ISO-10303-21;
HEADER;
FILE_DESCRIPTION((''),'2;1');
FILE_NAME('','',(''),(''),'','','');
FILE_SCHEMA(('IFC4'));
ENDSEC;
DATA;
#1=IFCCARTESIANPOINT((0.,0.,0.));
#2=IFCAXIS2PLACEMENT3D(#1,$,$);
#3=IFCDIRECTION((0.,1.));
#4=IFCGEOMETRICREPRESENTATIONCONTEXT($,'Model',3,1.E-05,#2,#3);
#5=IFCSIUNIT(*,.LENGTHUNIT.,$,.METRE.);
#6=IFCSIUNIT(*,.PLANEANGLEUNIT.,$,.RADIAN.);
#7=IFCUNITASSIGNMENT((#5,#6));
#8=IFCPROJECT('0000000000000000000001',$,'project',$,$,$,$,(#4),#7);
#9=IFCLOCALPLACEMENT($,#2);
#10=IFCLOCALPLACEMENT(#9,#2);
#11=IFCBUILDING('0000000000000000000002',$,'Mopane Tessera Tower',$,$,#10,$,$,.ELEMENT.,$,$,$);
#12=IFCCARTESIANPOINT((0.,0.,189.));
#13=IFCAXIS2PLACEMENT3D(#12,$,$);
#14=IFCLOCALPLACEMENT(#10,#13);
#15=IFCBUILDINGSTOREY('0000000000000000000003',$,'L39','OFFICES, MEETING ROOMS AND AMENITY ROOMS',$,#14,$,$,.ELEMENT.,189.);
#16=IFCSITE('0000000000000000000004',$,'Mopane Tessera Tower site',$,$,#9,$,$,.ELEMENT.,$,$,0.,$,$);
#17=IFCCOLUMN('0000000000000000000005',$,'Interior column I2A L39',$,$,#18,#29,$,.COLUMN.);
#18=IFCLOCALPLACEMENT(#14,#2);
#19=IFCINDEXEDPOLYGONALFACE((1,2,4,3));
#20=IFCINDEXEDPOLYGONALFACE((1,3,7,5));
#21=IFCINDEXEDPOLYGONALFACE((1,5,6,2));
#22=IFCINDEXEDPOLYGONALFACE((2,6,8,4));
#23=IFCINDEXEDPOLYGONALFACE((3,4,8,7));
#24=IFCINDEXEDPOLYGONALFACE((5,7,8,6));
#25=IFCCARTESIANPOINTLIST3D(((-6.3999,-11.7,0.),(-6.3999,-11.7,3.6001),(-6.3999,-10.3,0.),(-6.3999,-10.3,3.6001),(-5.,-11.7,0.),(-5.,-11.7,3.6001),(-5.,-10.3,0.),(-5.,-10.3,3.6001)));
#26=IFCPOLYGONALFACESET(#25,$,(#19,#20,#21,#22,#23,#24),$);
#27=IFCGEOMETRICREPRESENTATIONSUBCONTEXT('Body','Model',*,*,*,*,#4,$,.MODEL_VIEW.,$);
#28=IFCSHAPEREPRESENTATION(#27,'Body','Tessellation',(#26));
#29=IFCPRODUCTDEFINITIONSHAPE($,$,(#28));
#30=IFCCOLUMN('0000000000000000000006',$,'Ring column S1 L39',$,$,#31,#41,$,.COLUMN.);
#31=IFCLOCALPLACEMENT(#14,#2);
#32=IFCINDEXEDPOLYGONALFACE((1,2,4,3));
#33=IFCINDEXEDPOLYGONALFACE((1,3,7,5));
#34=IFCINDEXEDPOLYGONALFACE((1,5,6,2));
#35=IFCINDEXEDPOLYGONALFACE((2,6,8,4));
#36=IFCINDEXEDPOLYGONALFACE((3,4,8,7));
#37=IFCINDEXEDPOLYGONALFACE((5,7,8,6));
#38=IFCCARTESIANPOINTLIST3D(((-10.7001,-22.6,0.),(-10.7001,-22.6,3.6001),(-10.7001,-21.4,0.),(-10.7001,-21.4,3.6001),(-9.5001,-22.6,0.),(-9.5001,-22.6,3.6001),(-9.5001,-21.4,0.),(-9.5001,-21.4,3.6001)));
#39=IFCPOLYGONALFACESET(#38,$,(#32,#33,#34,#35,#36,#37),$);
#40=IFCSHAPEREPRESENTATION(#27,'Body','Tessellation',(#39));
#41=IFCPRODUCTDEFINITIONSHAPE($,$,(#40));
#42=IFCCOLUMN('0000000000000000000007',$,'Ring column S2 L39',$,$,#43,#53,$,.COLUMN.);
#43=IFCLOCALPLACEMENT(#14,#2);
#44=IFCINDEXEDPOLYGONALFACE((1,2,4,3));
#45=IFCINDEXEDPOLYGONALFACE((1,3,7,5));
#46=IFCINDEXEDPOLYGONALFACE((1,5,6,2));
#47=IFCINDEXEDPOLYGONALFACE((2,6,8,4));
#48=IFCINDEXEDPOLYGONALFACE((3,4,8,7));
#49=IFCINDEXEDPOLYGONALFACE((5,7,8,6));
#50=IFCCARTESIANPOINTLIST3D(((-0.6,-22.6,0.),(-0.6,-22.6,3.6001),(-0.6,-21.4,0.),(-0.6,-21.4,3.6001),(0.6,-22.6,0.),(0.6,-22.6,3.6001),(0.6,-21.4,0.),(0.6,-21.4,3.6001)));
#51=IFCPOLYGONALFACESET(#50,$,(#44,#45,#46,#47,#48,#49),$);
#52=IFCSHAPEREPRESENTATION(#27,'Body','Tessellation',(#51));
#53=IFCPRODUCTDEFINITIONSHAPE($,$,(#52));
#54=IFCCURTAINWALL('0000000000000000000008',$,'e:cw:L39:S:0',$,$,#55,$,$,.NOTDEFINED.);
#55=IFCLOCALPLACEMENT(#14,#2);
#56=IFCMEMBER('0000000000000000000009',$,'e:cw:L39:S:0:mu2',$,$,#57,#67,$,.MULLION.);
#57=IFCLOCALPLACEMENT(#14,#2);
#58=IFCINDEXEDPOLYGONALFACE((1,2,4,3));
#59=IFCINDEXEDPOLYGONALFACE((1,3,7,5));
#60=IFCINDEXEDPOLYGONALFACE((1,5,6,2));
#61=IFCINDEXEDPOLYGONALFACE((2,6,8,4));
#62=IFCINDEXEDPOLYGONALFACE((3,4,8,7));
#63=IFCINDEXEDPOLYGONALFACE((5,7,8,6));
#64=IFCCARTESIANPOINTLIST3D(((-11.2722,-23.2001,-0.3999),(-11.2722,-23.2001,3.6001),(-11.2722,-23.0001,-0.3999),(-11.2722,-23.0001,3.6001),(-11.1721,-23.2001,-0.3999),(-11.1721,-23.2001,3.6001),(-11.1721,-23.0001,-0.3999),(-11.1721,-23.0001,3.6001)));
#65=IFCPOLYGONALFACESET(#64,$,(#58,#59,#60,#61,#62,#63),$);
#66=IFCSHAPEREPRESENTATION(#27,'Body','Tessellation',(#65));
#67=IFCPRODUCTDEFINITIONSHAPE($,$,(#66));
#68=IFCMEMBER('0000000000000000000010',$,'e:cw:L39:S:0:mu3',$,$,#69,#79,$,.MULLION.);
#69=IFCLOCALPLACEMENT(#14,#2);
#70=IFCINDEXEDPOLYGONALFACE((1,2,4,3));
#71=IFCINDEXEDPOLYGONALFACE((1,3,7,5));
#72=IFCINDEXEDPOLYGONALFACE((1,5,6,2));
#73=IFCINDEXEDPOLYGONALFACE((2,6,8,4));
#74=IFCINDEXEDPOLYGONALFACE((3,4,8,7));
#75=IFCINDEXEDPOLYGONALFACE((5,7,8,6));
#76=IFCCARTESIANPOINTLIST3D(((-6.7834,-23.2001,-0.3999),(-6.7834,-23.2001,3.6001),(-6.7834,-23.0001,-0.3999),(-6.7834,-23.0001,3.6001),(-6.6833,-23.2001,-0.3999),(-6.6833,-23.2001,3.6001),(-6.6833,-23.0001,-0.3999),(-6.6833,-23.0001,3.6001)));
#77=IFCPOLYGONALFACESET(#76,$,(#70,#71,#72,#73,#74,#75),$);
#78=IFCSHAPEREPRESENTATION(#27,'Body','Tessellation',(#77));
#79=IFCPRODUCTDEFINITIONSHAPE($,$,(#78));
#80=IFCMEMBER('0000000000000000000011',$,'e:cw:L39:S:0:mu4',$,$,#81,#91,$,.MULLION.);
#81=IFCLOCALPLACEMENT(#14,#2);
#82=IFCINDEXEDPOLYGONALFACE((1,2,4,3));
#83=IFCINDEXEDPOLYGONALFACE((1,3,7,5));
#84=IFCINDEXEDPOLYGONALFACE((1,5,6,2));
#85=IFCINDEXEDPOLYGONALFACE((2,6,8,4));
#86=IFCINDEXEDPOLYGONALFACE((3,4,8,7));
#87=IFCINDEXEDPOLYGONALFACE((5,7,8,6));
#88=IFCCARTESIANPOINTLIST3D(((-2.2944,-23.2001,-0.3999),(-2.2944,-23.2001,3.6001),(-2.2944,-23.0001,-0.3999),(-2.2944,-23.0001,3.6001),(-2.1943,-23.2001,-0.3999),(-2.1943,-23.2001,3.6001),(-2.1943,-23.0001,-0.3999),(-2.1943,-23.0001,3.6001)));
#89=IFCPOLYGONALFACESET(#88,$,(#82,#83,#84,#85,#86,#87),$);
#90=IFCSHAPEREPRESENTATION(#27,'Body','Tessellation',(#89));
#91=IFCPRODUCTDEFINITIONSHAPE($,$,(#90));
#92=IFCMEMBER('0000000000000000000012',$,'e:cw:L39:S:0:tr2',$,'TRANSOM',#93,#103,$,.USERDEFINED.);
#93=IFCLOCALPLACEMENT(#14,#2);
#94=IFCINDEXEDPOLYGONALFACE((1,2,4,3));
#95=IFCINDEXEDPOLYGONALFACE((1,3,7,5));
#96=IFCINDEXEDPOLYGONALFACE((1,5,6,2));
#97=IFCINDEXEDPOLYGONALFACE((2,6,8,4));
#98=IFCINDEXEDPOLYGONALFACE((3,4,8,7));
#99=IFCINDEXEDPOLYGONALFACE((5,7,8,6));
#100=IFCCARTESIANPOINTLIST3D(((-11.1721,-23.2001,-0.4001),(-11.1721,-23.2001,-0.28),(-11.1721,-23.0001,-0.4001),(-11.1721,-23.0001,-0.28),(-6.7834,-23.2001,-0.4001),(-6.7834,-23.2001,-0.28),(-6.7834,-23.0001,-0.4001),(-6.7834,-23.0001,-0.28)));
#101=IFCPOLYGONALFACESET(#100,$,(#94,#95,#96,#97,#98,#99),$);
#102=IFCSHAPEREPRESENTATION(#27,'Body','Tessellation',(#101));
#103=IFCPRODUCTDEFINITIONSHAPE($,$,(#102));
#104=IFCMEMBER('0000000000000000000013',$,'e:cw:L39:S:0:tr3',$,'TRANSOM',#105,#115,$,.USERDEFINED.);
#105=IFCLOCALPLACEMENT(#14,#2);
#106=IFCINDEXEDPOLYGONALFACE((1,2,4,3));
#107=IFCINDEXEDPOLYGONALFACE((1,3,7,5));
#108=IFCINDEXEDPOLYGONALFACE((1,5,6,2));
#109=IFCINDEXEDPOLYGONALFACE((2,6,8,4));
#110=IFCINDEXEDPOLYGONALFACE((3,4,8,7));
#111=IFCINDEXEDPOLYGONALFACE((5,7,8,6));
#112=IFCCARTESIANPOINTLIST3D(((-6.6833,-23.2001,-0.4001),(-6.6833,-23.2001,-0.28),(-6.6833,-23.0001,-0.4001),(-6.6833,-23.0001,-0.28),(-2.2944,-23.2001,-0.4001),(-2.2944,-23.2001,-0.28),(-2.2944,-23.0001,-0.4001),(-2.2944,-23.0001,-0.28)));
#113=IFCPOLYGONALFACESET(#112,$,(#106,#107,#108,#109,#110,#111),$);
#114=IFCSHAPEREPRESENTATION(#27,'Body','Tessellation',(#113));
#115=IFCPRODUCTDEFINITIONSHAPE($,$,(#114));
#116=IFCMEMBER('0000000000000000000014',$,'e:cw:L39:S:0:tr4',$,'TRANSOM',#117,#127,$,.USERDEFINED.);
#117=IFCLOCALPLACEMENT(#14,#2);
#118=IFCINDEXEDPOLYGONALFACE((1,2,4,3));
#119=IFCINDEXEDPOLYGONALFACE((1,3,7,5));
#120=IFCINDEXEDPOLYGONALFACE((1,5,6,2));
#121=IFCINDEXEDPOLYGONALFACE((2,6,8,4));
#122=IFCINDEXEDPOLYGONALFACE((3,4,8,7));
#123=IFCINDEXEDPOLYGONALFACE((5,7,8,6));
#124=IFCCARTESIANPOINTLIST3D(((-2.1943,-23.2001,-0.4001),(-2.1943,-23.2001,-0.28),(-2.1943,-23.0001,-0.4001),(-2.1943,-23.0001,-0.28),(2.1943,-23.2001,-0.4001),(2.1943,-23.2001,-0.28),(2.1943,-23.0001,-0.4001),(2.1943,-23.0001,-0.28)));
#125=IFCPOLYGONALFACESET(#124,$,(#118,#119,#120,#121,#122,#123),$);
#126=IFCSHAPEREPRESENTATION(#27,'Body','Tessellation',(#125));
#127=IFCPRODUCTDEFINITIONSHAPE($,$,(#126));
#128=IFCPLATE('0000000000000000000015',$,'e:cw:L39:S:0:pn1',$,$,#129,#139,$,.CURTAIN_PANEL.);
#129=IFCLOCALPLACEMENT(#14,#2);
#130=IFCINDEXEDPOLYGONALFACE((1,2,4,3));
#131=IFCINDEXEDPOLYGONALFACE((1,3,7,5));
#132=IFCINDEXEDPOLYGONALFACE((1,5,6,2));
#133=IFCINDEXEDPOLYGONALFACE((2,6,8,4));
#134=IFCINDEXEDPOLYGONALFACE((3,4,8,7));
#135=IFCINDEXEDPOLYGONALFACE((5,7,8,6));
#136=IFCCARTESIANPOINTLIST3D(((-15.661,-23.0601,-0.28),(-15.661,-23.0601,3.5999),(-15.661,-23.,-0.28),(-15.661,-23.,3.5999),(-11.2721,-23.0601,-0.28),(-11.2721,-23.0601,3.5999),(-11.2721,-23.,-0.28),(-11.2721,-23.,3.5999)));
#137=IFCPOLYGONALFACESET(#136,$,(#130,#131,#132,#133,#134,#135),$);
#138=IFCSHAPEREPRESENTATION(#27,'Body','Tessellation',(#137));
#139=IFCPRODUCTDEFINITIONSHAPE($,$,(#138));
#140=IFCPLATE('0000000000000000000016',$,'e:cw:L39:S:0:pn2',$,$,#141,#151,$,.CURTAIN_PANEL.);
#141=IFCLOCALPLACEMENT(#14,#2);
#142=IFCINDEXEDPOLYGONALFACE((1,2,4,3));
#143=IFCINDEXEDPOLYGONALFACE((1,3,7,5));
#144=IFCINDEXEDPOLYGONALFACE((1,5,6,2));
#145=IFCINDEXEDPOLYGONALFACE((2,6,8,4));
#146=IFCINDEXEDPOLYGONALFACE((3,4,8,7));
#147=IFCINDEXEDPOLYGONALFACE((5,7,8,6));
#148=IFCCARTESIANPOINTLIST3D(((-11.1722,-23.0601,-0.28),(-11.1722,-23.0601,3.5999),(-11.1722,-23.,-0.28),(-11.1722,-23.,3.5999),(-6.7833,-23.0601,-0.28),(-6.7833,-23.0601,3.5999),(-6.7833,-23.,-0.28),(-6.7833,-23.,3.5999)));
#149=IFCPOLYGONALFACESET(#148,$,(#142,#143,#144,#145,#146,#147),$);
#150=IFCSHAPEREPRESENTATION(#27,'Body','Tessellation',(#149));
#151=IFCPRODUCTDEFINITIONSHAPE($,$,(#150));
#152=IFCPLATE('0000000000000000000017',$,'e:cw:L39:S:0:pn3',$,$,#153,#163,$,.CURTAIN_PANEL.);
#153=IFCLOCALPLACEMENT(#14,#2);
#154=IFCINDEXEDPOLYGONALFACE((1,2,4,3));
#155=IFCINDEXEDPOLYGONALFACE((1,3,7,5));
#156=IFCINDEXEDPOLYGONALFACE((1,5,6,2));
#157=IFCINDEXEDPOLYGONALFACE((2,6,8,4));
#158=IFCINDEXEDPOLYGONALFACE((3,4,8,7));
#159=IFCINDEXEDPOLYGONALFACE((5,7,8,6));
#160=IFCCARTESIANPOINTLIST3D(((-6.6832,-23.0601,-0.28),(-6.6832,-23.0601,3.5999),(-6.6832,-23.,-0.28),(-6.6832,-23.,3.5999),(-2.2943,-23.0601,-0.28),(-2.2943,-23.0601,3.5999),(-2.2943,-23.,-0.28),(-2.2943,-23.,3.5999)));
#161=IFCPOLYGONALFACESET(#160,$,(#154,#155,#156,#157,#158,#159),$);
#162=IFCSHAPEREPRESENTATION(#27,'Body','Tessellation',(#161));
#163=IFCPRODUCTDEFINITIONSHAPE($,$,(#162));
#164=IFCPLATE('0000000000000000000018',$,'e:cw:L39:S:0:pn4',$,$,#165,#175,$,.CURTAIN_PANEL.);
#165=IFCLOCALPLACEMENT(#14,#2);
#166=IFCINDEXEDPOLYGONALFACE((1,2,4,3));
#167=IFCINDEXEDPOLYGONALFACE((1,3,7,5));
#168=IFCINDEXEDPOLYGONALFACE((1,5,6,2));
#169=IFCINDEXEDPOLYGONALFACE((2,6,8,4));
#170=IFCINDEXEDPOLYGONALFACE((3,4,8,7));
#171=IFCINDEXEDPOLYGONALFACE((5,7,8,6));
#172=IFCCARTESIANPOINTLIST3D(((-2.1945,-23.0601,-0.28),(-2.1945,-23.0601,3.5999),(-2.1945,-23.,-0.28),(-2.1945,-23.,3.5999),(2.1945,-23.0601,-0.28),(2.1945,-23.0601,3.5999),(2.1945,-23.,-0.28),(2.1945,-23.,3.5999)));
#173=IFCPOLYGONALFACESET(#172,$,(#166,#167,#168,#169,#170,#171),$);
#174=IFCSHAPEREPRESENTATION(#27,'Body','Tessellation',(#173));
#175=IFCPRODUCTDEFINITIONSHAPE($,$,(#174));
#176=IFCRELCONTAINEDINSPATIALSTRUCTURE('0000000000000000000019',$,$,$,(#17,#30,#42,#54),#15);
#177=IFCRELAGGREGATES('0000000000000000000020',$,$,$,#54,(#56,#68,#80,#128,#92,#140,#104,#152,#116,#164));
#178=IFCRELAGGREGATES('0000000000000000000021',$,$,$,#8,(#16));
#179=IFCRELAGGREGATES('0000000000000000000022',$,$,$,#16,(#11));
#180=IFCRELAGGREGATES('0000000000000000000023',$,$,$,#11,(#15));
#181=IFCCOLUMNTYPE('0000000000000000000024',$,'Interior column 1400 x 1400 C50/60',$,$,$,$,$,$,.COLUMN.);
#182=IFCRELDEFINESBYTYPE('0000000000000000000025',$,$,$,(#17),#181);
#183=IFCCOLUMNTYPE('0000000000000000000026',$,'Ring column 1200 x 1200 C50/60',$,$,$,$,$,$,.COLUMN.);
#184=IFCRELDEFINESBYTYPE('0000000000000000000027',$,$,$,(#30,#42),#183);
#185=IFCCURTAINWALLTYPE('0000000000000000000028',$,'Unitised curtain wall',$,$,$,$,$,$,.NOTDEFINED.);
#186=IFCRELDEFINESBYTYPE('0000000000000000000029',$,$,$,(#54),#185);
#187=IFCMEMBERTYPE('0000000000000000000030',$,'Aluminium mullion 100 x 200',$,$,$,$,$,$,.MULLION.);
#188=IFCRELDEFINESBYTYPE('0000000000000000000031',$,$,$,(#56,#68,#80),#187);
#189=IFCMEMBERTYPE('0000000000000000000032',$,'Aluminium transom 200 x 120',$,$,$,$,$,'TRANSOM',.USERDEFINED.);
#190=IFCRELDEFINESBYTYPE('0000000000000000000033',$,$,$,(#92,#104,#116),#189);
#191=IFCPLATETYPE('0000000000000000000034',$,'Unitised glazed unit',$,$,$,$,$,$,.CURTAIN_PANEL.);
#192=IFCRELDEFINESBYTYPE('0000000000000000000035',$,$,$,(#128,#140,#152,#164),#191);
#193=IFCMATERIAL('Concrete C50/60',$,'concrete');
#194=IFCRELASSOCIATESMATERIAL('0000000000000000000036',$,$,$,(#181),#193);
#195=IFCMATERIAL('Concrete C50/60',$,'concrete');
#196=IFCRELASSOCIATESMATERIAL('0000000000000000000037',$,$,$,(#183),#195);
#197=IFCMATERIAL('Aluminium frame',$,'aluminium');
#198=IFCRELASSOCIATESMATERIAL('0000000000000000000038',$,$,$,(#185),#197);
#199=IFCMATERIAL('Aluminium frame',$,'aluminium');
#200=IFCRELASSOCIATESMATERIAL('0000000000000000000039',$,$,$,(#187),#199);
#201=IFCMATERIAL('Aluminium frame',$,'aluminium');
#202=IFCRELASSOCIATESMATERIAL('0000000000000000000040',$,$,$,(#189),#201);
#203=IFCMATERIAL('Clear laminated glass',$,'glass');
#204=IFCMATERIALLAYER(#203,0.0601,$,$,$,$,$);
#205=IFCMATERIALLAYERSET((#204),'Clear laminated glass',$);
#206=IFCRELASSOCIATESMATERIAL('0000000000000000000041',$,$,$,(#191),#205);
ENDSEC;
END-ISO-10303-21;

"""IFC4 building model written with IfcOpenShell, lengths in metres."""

from ifc_helpers import new_model, si_unit, direction, frame, origin, origin_2d, place, context, subcontext, project, spatial, rectangle, extrude, material, layer, layer_set, material_profile, profile_set, type_object, element, aggregate, save


model = new_model("IFC4")

# Units and contexts
model_context = context("Model", 3, precision=1e-05, world=origin(), true_north=direction((0.0, 1.0)))
body_context = subcontext(model_context, "Body", "Model", "MODEL_VIEW")
ifc_project = project(units=[si_unit("LENGTHUNIT", "METRE"), si_unit("PLANEANGLEUNIT", "RADIAN")], contexts=[model_context])

# Site, building, storey
site_placement = place(None, origin())
site = spatial("IfcSite", under=ifc_project, at=site_placement, Name="Mopane Tessera Tower site", CompositionType="ELEMENT", RefElevation=0.0)
building_placement = place(site_placement, origin())
building = spatial("IfcBuilding", under=site, at=building_placement, Name="Mopane Tessera Tower", CompositionType="ELEMENT")
storey_placement = place(building_placement, frame((0.0, 0.0, 189.0)))
storey = spatial("IfcBuildingStorey", under=building, at=storey_placement, Name="L39", Description="OFFICES, MEETING ROOMS AND AMENITY ROOMS", CompositionType="ELEMENT", Elevation=189.0)

# Columns
ifc_material_1 = material(Name="Concrete C50/60", Category="concrete")
ifc_material_profile_1 = material_profile(ifc_material_1, rectangle(XDim=1.3999, YDim=1.3999, at=origin_2d()))
ifc_profile_set_1 = profile_set([ifc_material_profile_1], Name="Concrete C50/60")
column_type_1 = type_object("IfcColumnType", Name="Interior column 1400 x 1400 C50/60", PredefinedType="COLUMN", material=ifc_profile_set_1)
column_placement = place(storey_placement, frame((-5.7, -11.0, 0.0), z_axis=(0.0, 0.0, 1.0), x_axis=(1.0, 0.0, 0.0)))
element("IfcColumn", 1, at=column_placement, inside=storey, type_object=column_type_1, Name="Interior column I2A L39", PredefinedType="COLUMN", context=body_context, shape_type="SweptSolid", body=[
    extrude(rectangle(XDim=1.3999, YDim=1.3999, at=origin_2d()), origin(), (0.0, 0.0, 1.0), 3.6001),
])
ifc_material_2 = material(Name="Concrete C50/60", Category="concrete")
ifc_material_profile_2 = material_profile(ifc_material_2, rectangle(XDim=1.2, YDim=1.2, at=origin_2d()))
ifc_profile_set_2 = profile_set([ifc_material_profile_2], Name="Concrete C50/60")
column_type_2 = type_object("IfcColumnType", Name="Ring column 1200 x 1200 C50/60", PredefinedType="COLUMN", material=ifc_profile_set_2)
for number, where, z_axis, x_axis, name in (
    (2, (-10.1001, -22.0, 0.0), (0.0, 0.0, 1.0), (1.0, 0.0, 0.0), "Ring column S1 L39"),
    (3, (0.0, -22.0, 0.0), (0.0, 0.0, 1.0), (1.0, 0.0, 0.0), "Ring column S2 L39"),
):
    element("IfcColumn", number, at=place(storey_placement, frame(where, z_axis=z_axis, x_axis=x_axis)), inside=storey, type_object=column_type_2, Name=name, PredefinedType="COLUMN", context=body_context, shape_type="SweptSolid", body=[
        extrude(rectangle(XDim=1.2, YDim=1.2, at=origin_2d()), origin(), (0.0, 0.0, 1.0), 3.6001),
    ])

# Curtain wall, members, plates
ifc_material_3 = material(Name="Aluminium frame", Category="aluminium")
curtain_wall_type = type_object("IfcCurtainWallType", Name="Unitised curtain wall", PredefinedType="NOTDEFINED", material=ifc_material_3)
curtain_wall_placement = place(storey_placement, origin())
curtain_wall = element("IfcCurtainWall", 4, at=curtain_wall_placement, inside=storey, type_object=curtain_wall_type, Name="e:cw:L39:S:0", PredefinedType="NOTDEFINED")
ifc_material_4 = material(Name="Aluminium frame", Category="aluminium")
ifc_material_profile_3 = material_profile(ifc_material_4, rectangle(XDim=0.1001, YDim=0.2, at=origin_2d()))
ifc_profile_set_3 = profile_set([ifc_material_profile_3], Name="Aluminium frame")
member_type_1 = type_object("IfcMemberType", Name="Aluminium mullion 100 x 200", PredefinedType="MULLION", material=ifc_profile_set_3)
member_1_placement = place(storey_placement, frame((-11.2222, -23.1001, -0.3999), z_axis=(0.0, 0.0, 1.0), x_axis=(1.0, 0.0, 0.0)))
member_1 = element("IfcMember", 5, at=member_1_placement, type_object=member_type_1, Name="e:cw:L39:S:0:mu2", PredefinedType="MULLION", context=body_context, shape_type="SweptSolid", body=[
    extrude(rectangle(XDim=0.1001, YDim=0.2, at=origin_2d()), origin(), (0.0, 0.0, 1.0), 4.0),
])
member_2_placement = place(storey_placement, frame((-6.7334, -23.1001, -0.3999), z_axis=(0.0, 0.0, 1.0), x_axis=(1.0, 0.0, 0.0)))
member_2 = element("IfcMember", 6, at=member_2_placement, type_object=member_type_1, Name="e:cw:L39:S:0:mu3", PredefinedType="MULLION", context=body_context, shape_type="SweptSolid", body=[
    extrude(rectangle(XDim=0.1001, YDim=0.2, at=origin_2d()), origin(), (0.0, 0.0, 1.0), 4.0),
])
member_3_placement = place(storey_placement, frame((-2.2444, -23.1001, -0.3999), z_axis=(0.0, 0.0, 1.0), x_axis=(1.0, 0.0, 0.0)))
member_3 = element("IfcMember", 7, at=member_3_placement, type_object=member_type_1, Name="e:cw:L39:S:0:mu4", PredefinedType="MULLION", context=body_context, shape_type="SweptSolid", body=[
    extrude(rectangle(XDim=0.1001, YDim=0.2, at=origin_2d()), origin(), (0.0, 0.0, 1.0), 4.0),
])
ifc_material_5 = material(Name="Aluminium frame", Category="aluminium")
ifc_material_profile_4 = material_profile(ifc_material_5, rectangle(XDim=0.2, YDim=0.1201, at=origin_2d()))
ifc_profile_set_4 = profile_set([ifc_material_profile_4], Name="Aluminium frame")
member_type_2 = type_object("IfcMemberType", Name="Aluminium transom 200 x 120", ElementType="TRANSOM", PredefinedType="USERDEFINED", material=ifc_profile_set_4)
member_4_placement = place(storey_placement, frame((-11.1721, -23.1001, -0.3401), z_axis=(1.0, 0.0, 0.0), x_axis=(0.0, 1.0, 0.0)))
member_4 = element("IfcMember", 8, at=member_4_placement, type_object=member_type_2, Name="e:cw:L39:S:0:tr2", ObjectType="TRANSOM", PredefinedType="USERDEFINED", context=body_context, shape_type="SweptSolid", body=[
    extrude(rectangle(XDim=0.2, YDim=0.1201, at=origin_2d()), origin(), (0.0, 0.0, 1.0), 4.3887),
])
member_5_placement = place(storey_placement, frame((-6.6833, -23.1001, -0.3401), z_axis=(1.0, 0.0, 0.0), x_axis=(0.0, 1.0, 0.0)))
member_5 = element("IfcMember", 9, at=member_5_placement, type_object=member_type_2, Name="e:cw:L39:S:0:tr3", ObjectType="TRANSOM", PredefinedType="USERDEFINED", context=body_context, shape_type="SweptSolid", body=[
    extrude(rectangle(XDim=0.2, YDim=0.1201, at=origin_2d()), origin(), (0.0, 0.0, 1.0), 4.3889),
])
member_6_placement = place(storey_placement, frame((-2.1943, -23.1001, -0.3401), z_axis=(1.0, 0.0, 0.0), x_axis=(0.0, 1.0, 0.0)))
member_6 = element("IfcMember", 10, at=member_6_placement, type_object=member_type_2, Name="e:cw:L39:S:0:tr4", ObjectType="TRANSOM", PredefinedType="USERDEFINED", context=body_context, shape_type="SweptSolid", body=[
    extrude(rectangle(XDim=0.2, YDim=0.1201, at=origin_2d()), origin(), (0.0, 0.0, 1.0), 4.3887),
])
ifc_material_6 = material(Name="Clear laminated glass", Category="glass")
ifc_layer_1 = layer(ifc_material_6, 0.0601)
ifc_layer_set_1 = layer_set([ifc_layer_1], Name="Clear laminated glass")
plate_type = type_object("IfcPlateType", Name="Unitised glazed unit", PredefinedType="CURTAIN_PANEL", material=ifc_layer_set_1)
plate_1_placement = place(storey_placement, frame((-13.4666, -23.03, -0.28), z_axis=(0.0, 0.0, 1.0), x_axis=(1.0, 0.0, 0.0)))
plate_1 = element("IfcPlate", 11, at=plate_1_placement, type_object=plate_type, Name="e:cw:L39:S:0:pn1", PredefinedType="CURTAIN_PANEL", context=body_context, shape_type="SweptSolid", body=[
    extrude(rectangle(XDim=4.3889, YDim=0.0601, at=origin_2d()), origin(), (0.0, 0.0, 1.0), 3.8799),
])
plate_2_placement = place(storey_placement, frame((-8.9778, -23.03, -0.28), z_axis=(0.0, 0.0, 1.0), x_axis=(1.0, 0.0, 0.0)))
plate_2 = element("IfcPlate", 12, at=plate_2_placement, type_object=plate_type, Name="e:cw:L39:S:0:pn2", PredefinedType="CURTAIN_PANEL", context=body_context, shape_type="SweptSolid", body=[
    extrude(rectangle(XDim=4.3889, YDim=0.0601, at=origin_2d()), origin(), (0.0, 0.0, 1.0), 3.8799),
])
plate_3_placement = place(storey_placement, frame((-4.4888, -23.03, -0.28), z_axis=(0.0, 0.0, 1.0), x_axis=(1.0, 0.0, 0.0)))
plate_3 = element("IfcPlate", 13, at=plate_3_placement, type_object=plate_type, Name="e:cw:L39:S:0:pn3", PredefinedType="CURTAIN_PANEL", context=body_context, shape_type="SweptSolid", body=[
    extrude(rectangle(XDim=4.3889, YDim=0.0601, at=origin_2d()), origin(), (0.0, 0.0, 1.0), 3.8799),
])
plate_4_placement = place(storey_placement, frame((0.0, -23.03, -0.28), z_axis=(0.0, 0.0, 1.0), x_axis=(1.0, 0.0, 0.0)))
plate_4 = element("IfcPlate", 14, at=plate_4_placement, type_object=plate_type, Name="e:cw:L39:S:0:pn4", PredefinedType="CURTAIN_PANEL", context=body_context, shape_type="SweptSolid", body=[
    extrude(rectangle(XDim=4.3889, YDim=0.0601, at=origin_2d()), origin(), (0.0, 0.0, 1.0), 3.8799),
])
aggregate(curtain_wall, [member_1, member_2, member_3, plate_1, member_4, plate_2, member_5, plate_3, member_6, plate_4])

save(model, "model.ifc")
